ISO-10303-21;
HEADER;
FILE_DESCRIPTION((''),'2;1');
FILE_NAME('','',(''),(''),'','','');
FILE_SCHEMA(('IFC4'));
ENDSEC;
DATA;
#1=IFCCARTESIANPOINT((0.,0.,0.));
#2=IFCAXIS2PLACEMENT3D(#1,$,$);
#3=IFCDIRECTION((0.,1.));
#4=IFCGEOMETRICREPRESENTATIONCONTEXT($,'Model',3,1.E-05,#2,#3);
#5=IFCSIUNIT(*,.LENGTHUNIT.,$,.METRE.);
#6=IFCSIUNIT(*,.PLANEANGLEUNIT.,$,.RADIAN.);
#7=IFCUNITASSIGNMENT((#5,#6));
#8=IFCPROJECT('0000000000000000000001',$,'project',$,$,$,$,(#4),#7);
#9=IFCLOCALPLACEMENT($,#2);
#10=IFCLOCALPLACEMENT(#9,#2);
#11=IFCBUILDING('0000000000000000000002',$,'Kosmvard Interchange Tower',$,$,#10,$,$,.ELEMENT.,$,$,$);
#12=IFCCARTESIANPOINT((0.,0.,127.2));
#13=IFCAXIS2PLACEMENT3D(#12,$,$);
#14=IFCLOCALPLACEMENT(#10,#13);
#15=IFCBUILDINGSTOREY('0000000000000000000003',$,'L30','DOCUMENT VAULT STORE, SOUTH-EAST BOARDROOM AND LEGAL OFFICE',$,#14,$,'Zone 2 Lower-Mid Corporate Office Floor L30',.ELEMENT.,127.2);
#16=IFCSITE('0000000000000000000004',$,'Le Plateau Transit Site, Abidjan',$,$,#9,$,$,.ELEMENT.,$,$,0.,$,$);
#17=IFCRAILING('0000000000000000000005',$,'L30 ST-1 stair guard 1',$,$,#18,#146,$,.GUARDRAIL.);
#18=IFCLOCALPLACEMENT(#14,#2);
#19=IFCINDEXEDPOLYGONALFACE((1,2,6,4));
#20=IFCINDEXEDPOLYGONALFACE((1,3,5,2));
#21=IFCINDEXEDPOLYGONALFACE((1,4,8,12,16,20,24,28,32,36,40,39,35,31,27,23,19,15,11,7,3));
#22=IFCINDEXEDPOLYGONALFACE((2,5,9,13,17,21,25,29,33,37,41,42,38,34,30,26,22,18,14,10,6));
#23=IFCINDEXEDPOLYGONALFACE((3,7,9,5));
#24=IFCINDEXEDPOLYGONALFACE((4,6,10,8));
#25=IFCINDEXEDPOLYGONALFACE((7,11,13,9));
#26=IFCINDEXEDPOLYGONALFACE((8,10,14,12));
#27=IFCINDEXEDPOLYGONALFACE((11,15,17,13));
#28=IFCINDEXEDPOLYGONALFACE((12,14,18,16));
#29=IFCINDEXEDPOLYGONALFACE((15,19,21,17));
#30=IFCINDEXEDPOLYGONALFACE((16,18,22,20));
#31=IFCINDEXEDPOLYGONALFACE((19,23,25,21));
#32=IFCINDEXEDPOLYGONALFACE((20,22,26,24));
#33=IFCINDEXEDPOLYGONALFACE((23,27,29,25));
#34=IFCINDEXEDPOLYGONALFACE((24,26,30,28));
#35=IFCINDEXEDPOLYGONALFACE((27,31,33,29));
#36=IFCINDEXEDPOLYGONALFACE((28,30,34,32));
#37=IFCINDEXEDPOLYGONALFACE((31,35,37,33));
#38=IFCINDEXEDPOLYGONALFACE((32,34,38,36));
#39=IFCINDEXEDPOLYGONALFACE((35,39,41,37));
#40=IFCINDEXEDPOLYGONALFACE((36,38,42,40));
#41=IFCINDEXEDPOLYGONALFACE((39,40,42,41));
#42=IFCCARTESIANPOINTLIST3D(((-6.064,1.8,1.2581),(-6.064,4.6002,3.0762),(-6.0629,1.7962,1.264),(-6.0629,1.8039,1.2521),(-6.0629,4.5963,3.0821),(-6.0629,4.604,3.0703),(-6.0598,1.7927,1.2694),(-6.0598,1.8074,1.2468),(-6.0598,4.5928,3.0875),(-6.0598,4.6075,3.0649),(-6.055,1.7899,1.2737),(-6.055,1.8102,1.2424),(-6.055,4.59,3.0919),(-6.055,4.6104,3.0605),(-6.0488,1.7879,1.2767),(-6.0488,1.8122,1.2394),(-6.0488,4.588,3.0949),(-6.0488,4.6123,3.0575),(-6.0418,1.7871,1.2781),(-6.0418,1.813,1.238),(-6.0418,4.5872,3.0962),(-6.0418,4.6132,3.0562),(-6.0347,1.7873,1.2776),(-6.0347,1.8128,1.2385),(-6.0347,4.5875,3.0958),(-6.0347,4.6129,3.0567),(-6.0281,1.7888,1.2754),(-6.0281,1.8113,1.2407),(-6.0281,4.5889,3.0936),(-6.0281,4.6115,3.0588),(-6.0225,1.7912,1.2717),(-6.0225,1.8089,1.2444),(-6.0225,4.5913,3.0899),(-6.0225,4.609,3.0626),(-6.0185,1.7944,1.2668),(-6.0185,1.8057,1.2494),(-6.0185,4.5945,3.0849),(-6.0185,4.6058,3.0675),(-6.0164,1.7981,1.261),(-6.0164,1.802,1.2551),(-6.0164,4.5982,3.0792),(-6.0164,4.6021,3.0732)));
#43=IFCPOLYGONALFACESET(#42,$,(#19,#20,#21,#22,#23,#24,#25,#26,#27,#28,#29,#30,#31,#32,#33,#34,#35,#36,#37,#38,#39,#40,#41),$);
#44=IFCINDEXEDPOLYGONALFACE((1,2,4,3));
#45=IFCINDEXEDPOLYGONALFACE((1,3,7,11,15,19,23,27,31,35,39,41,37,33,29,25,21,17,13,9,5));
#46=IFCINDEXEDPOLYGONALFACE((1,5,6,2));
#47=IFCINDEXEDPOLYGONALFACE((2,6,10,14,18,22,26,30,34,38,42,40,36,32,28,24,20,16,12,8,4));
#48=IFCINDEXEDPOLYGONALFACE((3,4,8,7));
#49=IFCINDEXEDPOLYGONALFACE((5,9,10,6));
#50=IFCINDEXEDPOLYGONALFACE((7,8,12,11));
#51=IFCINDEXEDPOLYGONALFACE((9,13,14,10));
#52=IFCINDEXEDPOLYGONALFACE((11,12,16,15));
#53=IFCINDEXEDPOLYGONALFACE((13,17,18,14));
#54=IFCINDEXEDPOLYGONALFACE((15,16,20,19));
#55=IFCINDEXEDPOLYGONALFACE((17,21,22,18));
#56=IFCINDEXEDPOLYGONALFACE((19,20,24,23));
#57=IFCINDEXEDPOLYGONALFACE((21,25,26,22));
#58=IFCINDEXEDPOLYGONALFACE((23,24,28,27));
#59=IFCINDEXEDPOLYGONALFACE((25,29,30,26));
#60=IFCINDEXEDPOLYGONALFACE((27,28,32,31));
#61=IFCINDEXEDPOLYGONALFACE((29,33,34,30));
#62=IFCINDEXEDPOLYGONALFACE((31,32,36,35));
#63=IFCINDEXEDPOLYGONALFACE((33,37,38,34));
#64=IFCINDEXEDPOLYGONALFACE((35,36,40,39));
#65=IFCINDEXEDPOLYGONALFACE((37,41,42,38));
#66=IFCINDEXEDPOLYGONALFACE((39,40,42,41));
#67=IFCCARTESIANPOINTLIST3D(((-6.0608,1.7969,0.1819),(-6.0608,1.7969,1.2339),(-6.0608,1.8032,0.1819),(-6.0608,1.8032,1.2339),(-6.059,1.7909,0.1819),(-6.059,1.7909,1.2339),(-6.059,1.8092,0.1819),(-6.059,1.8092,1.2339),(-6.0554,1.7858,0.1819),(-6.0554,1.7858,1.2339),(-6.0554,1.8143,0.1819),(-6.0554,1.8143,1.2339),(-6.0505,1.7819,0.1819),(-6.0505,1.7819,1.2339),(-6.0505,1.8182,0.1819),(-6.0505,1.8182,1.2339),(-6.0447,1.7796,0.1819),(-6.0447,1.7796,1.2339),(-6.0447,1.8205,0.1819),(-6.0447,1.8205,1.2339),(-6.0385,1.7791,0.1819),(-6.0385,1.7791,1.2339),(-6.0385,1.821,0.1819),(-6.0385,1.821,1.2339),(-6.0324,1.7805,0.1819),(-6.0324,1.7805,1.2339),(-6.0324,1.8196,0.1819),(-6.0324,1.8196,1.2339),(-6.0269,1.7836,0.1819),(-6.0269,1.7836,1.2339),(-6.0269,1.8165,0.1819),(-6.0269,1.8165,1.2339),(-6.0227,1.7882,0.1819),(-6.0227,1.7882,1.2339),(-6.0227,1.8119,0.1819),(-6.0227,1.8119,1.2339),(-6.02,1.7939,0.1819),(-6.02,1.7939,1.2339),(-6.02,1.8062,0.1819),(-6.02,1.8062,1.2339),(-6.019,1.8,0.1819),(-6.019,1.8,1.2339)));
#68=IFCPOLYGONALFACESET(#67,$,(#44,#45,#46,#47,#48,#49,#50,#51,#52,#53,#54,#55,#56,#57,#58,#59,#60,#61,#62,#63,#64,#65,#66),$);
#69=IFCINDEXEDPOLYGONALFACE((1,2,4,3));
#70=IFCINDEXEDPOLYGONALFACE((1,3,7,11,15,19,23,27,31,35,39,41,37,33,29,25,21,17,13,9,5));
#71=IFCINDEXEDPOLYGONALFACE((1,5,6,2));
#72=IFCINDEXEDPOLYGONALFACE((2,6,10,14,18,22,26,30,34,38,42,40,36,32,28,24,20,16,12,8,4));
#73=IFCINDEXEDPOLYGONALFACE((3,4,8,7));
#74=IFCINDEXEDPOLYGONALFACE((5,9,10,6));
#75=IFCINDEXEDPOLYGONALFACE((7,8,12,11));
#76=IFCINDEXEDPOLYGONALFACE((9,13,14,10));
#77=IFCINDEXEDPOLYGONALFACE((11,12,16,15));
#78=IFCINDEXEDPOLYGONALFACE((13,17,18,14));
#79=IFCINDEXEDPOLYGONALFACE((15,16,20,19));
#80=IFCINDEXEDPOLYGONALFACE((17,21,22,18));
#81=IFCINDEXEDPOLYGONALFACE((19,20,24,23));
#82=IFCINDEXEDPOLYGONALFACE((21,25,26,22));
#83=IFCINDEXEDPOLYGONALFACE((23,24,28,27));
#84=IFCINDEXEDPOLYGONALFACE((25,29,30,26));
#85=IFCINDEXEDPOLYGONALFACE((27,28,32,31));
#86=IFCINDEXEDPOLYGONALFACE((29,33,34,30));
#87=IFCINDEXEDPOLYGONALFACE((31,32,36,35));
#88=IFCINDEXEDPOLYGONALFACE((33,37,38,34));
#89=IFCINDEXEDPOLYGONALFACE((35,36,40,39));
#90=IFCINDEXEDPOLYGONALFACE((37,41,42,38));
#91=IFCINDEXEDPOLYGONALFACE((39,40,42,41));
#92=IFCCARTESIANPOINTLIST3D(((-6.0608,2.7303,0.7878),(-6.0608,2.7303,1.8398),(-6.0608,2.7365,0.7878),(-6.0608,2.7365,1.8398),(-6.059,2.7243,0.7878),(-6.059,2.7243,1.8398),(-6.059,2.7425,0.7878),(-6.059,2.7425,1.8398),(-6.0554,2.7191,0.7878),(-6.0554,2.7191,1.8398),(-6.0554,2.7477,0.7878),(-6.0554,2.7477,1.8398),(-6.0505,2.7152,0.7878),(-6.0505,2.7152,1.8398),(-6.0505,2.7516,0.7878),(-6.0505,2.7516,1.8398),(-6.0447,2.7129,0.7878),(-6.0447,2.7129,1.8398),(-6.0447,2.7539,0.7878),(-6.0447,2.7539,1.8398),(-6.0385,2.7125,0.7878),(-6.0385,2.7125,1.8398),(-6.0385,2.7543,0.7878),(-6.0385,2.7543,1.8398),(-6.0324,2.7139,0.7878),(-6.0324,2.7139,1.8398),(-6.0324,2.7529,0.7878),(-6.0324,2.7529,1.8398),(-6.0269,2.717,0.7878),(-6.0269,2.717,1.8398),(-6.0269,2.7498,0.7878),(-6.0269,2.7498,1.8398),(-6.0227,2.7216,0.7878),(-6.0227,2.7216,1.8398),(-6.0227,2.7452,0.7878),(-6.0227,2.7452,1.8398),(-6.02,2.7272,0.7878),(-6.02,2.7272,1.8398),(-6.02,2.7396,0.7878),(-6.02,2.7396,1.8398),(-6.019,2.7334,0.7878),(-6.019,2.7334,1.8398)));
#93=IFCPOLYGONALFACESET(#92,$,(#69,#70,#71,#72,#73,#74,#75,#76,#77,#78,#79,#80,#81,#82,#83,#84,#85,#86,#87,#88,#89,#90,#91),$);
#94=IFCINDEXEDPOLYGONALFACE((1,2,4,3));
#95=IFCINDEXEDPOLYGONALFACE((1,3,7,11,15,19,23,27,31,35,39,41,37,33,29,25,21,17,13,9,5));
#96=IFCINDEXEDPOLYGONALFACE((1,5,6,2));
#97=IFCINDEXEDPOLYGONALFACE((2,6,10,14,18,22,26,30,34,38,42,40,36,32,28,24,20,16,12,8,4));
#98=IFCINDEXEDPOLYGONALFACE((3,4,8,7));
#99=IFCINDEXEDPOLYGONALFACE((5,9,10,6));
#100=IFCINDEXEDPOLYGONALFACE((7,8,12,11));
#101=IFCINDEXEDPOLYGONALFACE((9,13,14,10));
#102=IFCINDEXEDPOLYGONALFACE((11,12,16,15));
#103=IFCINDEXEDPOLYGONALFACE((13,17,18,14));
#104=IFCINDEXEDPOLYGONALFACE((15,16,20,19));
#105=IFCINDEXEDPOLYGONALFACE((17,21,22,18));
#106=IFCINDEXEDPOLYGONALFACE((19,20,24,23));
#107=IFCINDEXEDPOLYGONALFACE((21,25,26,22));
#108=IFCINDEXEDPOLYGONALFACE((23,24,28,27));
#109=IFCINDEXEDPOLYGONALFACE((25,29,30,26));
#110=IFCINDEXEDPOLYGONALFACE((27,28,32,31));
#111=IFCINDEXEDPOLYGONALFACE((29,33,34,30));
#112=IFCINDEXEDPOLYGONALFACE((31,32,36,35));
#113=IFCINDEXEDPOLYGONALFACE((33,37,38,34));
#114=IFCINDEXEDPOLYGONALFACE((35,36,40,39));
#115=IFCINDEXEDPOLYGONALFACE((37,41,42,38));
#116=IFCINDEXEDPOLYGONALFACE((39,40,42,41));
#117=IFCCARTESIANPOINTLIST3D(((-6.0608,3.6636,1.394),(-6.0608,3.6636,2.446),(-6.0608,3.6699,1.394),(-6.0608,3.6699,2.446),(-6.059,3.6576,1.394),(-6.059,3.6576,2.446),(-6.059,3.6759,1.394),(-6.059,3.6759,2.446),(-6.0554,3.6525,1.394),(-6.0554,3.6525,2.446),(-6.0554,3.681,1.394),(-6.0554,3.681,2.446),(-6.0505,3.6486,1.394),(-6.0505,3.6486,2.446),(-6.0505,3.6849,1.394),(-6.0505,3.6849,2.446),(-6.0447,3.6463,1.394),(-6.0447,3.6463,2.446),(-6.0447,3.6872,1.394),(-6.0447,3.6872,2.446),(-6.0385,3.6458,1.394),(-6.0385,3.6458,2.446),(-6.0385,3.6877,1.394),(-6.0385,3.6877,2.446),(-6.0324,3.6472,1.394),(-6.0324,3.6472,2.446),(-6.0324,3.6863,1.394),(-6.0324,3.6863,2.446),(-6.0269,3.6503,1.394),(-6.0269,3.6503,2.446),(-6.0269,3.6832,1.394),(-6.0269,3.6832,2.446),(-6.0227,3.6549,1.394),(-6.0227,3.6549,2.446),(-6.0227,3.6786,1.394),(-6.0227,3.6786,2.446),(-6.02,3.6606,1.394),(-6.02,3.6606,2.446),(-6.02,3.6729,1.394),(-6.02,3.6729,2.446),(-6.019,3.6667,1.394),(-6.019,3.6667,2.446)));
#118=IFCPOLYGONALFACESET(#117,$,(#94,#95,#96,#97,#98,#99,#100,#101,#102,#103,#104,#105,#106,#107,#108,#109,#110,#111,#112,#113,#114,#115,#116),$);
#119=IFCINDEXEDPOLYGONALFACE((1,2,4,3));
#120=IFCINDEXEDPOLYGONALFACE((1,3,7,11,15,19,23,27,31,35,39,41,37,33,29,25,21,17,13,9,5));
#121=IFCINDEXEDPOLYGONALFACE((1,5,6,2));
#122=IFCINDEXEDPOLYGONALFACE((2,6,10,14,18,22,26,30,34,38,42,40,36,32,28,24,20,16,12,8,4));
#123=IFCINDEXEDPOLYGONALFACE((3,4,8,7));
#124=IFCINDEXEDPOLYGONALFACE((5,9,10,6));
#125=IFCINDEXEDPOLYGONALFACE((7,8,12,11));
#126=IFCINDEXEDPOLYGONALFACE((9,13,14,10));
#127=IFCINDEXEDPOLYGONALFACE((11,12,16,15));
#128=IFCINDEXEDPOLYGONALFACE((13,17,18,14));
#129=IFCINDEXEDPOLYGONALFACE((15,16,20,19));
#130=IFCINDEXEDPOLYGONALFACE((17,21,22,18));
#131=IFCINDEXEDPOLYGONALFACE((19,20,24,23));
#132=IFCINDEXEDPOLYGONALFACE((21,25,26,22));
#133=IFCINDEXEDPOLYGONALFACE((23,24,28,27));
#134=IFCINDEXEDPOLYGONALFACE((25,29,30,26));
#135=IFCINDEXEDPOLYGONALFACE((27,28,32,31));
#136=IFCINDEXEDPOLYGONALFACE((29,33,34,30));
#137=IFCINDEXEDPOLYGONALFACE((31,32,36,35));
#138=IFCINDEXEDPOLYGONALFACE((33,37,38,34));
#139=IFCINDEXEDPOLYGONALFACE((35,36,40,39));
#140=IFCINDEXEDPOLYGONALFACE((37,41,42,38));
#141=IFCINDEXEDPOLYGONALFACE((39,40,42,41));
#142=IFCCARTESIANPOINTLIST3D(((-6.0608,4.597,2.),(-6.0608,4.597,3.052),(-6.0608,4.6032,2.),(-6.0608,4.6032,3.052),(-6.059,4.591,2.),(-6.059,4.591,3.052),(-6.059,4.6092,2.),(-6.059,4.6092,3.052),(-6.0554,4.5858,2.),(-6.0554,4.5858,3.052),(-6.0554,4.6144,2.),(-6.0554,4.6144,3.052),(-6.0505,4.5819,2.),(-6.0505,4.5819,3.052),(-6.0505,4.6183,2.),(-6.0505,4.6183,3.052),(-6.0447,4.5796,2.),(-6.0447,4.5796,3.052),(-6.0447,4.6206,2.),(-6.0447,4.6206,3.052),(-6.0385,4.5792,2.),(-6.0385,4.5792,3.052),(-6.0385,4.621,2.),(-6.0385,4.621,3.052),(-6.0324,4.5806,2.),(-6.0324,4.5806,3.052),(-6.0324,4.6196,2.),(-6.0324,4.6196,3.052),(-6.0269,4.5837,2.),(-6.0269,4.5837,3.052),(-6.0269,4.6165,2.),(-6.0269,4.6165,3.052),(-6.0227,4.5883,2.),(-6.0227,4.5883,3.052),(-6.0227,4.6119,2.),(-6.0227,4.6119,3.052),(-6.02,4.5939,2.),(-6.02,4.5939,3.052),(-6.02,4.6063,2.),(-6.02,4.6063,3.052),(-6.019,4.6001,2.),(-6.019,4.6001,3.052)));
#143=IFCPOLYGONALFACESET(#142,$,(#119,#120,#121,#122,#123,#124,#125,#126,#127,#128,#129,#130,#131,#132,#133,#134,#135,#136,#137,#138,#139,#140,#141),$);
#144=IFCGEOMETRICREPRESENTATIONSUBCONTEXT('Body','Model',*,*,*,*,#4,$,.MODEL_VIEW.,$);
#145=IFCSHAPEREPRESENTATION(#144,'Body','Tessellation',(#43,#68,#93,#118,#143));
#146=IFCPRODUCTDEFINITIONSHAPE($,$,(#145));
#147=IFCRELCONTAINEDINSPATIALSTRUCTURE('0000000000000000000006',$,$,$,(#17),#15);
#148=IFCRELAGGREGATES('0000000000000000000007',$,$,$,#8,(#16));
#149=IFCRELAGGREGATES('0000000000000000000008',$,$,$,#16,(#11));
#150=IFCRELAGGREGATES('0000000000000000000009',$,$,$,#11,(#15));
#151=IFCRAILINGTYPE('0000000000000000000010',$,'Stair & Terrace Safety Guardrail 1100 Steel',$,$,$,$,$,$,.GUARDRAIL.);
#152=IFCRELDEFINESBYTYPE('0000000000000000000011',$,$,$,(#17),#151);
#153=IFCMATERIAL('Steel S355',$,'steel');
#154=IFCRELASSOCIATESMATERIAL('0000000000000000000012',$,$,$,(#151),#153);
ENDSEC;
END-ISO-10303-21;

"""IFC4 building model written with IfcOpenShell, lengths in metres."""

from ifc_helpers import new_model, si_unit, direction, frame, origin, origin_2d, place, context, subcontext, project, spatial, circle, extrude, source, transform, mapped, material, type_object, element, save


model = new_model("IFC4")

# Units and contexts
model_context = context("Model", 3, precision=1e-05, world=origin(), true_north=direction((0.0, 1.0)))
body_context = subcontext(model_context, "Body", "Model", "MODEL_VIEW")
ifc_project = project(units=[si_unit("LENGTHUNIT", "METRE"), si_unit("PLANEANGLEUNIT", "RADIAN")], contexts=[model_context])

# Site, building, storey
site_placement = place(None, origin())
site = spatial("IfcSite", under=ifc_project, at=site_placement, Name="Le Plateau Transit Site, Abidjan", CompositionType="ELEMENT", RefElevation=0.0)
building_placement = place(site_placement, origin())
building = spatial("IfcBuilding", under=site, at=building_placement, Name="Kosmvard Interchange Tower", CompositionType="ELEMENT")
storey_placement = place(building_placement, frame((0.0, 0.0, 127.2)))
storey = spatial("IfcBuildingStorey", under=building, at=storey_placement, Name="L30", Description="DOCUMENT VAULT STORE, SOUTH-EAST BOARDROOM AND LEGAL OFFICE", LongName="Zone 2 Lower-Mid Corporate Office Floor L30", CompositionType="ELEMENT", Elevation=127.2)

# Shared definitions
ifc_material_1 = material(Name="Steel S355", Category="steel")

# Railing
railing_type_1 = type_object("IfcRailingType", Name="Stair & Terrace Safety Guardrail 1100 Steel", PredefinedType="GUARDRAIL", material=ifc_material_1)
shared_shape_1 = source(origin(), body_context, "Body", "SweptSolid", [
    extrude(circle(Radius=0.0239, at=origin_2d()), frame((0.0, 0.0, 1.0762), z_axis=(0.0, 0.838706, 0.544585), x_axis=(-1.0, 0.0, 0.0)), (0.0, 0.0, 1.0), 3.3386),
    extrude(circle(Radius=0.021, at=origin_2d()), origin(), (0.0, 0.0, 1.0), 1.052),
    extrude(circle(Radius=0.021, at=origin_2d()), frame((0.0, 0.9333, 0.606)), (0.0, 0.0, 1.0), 1.052),
    extrude(circle(Radius=0.021, at=origin_2d()), frame((0.0, 1.8667, 1.2122)), (0.0, 0.0, 1.0), 1.052),
    extrude(circle(Radius=0.021, at=origin_2d()), frame((0.0, 2.8, 1.8181)), (0.0, 0.0, 1.0), 1.052),
])
railing_1_placement = place(storey_placement, frame((-6.04, 1.8, 0.1819)))
element("IfcRailing", 1, at=railing_1_placement, inside=storey, type_object=railing_type_1, Name="L30 ST-1 stair guard 1", PredefinedType="GUARDRAIL", context=body_context, shape_type="MappedRepresentation", body=[
    mapped(shared_shape_1, transform((0.0, 0.0, 0.0), scale=1.0)),
])

save(model, "model.ifc")
